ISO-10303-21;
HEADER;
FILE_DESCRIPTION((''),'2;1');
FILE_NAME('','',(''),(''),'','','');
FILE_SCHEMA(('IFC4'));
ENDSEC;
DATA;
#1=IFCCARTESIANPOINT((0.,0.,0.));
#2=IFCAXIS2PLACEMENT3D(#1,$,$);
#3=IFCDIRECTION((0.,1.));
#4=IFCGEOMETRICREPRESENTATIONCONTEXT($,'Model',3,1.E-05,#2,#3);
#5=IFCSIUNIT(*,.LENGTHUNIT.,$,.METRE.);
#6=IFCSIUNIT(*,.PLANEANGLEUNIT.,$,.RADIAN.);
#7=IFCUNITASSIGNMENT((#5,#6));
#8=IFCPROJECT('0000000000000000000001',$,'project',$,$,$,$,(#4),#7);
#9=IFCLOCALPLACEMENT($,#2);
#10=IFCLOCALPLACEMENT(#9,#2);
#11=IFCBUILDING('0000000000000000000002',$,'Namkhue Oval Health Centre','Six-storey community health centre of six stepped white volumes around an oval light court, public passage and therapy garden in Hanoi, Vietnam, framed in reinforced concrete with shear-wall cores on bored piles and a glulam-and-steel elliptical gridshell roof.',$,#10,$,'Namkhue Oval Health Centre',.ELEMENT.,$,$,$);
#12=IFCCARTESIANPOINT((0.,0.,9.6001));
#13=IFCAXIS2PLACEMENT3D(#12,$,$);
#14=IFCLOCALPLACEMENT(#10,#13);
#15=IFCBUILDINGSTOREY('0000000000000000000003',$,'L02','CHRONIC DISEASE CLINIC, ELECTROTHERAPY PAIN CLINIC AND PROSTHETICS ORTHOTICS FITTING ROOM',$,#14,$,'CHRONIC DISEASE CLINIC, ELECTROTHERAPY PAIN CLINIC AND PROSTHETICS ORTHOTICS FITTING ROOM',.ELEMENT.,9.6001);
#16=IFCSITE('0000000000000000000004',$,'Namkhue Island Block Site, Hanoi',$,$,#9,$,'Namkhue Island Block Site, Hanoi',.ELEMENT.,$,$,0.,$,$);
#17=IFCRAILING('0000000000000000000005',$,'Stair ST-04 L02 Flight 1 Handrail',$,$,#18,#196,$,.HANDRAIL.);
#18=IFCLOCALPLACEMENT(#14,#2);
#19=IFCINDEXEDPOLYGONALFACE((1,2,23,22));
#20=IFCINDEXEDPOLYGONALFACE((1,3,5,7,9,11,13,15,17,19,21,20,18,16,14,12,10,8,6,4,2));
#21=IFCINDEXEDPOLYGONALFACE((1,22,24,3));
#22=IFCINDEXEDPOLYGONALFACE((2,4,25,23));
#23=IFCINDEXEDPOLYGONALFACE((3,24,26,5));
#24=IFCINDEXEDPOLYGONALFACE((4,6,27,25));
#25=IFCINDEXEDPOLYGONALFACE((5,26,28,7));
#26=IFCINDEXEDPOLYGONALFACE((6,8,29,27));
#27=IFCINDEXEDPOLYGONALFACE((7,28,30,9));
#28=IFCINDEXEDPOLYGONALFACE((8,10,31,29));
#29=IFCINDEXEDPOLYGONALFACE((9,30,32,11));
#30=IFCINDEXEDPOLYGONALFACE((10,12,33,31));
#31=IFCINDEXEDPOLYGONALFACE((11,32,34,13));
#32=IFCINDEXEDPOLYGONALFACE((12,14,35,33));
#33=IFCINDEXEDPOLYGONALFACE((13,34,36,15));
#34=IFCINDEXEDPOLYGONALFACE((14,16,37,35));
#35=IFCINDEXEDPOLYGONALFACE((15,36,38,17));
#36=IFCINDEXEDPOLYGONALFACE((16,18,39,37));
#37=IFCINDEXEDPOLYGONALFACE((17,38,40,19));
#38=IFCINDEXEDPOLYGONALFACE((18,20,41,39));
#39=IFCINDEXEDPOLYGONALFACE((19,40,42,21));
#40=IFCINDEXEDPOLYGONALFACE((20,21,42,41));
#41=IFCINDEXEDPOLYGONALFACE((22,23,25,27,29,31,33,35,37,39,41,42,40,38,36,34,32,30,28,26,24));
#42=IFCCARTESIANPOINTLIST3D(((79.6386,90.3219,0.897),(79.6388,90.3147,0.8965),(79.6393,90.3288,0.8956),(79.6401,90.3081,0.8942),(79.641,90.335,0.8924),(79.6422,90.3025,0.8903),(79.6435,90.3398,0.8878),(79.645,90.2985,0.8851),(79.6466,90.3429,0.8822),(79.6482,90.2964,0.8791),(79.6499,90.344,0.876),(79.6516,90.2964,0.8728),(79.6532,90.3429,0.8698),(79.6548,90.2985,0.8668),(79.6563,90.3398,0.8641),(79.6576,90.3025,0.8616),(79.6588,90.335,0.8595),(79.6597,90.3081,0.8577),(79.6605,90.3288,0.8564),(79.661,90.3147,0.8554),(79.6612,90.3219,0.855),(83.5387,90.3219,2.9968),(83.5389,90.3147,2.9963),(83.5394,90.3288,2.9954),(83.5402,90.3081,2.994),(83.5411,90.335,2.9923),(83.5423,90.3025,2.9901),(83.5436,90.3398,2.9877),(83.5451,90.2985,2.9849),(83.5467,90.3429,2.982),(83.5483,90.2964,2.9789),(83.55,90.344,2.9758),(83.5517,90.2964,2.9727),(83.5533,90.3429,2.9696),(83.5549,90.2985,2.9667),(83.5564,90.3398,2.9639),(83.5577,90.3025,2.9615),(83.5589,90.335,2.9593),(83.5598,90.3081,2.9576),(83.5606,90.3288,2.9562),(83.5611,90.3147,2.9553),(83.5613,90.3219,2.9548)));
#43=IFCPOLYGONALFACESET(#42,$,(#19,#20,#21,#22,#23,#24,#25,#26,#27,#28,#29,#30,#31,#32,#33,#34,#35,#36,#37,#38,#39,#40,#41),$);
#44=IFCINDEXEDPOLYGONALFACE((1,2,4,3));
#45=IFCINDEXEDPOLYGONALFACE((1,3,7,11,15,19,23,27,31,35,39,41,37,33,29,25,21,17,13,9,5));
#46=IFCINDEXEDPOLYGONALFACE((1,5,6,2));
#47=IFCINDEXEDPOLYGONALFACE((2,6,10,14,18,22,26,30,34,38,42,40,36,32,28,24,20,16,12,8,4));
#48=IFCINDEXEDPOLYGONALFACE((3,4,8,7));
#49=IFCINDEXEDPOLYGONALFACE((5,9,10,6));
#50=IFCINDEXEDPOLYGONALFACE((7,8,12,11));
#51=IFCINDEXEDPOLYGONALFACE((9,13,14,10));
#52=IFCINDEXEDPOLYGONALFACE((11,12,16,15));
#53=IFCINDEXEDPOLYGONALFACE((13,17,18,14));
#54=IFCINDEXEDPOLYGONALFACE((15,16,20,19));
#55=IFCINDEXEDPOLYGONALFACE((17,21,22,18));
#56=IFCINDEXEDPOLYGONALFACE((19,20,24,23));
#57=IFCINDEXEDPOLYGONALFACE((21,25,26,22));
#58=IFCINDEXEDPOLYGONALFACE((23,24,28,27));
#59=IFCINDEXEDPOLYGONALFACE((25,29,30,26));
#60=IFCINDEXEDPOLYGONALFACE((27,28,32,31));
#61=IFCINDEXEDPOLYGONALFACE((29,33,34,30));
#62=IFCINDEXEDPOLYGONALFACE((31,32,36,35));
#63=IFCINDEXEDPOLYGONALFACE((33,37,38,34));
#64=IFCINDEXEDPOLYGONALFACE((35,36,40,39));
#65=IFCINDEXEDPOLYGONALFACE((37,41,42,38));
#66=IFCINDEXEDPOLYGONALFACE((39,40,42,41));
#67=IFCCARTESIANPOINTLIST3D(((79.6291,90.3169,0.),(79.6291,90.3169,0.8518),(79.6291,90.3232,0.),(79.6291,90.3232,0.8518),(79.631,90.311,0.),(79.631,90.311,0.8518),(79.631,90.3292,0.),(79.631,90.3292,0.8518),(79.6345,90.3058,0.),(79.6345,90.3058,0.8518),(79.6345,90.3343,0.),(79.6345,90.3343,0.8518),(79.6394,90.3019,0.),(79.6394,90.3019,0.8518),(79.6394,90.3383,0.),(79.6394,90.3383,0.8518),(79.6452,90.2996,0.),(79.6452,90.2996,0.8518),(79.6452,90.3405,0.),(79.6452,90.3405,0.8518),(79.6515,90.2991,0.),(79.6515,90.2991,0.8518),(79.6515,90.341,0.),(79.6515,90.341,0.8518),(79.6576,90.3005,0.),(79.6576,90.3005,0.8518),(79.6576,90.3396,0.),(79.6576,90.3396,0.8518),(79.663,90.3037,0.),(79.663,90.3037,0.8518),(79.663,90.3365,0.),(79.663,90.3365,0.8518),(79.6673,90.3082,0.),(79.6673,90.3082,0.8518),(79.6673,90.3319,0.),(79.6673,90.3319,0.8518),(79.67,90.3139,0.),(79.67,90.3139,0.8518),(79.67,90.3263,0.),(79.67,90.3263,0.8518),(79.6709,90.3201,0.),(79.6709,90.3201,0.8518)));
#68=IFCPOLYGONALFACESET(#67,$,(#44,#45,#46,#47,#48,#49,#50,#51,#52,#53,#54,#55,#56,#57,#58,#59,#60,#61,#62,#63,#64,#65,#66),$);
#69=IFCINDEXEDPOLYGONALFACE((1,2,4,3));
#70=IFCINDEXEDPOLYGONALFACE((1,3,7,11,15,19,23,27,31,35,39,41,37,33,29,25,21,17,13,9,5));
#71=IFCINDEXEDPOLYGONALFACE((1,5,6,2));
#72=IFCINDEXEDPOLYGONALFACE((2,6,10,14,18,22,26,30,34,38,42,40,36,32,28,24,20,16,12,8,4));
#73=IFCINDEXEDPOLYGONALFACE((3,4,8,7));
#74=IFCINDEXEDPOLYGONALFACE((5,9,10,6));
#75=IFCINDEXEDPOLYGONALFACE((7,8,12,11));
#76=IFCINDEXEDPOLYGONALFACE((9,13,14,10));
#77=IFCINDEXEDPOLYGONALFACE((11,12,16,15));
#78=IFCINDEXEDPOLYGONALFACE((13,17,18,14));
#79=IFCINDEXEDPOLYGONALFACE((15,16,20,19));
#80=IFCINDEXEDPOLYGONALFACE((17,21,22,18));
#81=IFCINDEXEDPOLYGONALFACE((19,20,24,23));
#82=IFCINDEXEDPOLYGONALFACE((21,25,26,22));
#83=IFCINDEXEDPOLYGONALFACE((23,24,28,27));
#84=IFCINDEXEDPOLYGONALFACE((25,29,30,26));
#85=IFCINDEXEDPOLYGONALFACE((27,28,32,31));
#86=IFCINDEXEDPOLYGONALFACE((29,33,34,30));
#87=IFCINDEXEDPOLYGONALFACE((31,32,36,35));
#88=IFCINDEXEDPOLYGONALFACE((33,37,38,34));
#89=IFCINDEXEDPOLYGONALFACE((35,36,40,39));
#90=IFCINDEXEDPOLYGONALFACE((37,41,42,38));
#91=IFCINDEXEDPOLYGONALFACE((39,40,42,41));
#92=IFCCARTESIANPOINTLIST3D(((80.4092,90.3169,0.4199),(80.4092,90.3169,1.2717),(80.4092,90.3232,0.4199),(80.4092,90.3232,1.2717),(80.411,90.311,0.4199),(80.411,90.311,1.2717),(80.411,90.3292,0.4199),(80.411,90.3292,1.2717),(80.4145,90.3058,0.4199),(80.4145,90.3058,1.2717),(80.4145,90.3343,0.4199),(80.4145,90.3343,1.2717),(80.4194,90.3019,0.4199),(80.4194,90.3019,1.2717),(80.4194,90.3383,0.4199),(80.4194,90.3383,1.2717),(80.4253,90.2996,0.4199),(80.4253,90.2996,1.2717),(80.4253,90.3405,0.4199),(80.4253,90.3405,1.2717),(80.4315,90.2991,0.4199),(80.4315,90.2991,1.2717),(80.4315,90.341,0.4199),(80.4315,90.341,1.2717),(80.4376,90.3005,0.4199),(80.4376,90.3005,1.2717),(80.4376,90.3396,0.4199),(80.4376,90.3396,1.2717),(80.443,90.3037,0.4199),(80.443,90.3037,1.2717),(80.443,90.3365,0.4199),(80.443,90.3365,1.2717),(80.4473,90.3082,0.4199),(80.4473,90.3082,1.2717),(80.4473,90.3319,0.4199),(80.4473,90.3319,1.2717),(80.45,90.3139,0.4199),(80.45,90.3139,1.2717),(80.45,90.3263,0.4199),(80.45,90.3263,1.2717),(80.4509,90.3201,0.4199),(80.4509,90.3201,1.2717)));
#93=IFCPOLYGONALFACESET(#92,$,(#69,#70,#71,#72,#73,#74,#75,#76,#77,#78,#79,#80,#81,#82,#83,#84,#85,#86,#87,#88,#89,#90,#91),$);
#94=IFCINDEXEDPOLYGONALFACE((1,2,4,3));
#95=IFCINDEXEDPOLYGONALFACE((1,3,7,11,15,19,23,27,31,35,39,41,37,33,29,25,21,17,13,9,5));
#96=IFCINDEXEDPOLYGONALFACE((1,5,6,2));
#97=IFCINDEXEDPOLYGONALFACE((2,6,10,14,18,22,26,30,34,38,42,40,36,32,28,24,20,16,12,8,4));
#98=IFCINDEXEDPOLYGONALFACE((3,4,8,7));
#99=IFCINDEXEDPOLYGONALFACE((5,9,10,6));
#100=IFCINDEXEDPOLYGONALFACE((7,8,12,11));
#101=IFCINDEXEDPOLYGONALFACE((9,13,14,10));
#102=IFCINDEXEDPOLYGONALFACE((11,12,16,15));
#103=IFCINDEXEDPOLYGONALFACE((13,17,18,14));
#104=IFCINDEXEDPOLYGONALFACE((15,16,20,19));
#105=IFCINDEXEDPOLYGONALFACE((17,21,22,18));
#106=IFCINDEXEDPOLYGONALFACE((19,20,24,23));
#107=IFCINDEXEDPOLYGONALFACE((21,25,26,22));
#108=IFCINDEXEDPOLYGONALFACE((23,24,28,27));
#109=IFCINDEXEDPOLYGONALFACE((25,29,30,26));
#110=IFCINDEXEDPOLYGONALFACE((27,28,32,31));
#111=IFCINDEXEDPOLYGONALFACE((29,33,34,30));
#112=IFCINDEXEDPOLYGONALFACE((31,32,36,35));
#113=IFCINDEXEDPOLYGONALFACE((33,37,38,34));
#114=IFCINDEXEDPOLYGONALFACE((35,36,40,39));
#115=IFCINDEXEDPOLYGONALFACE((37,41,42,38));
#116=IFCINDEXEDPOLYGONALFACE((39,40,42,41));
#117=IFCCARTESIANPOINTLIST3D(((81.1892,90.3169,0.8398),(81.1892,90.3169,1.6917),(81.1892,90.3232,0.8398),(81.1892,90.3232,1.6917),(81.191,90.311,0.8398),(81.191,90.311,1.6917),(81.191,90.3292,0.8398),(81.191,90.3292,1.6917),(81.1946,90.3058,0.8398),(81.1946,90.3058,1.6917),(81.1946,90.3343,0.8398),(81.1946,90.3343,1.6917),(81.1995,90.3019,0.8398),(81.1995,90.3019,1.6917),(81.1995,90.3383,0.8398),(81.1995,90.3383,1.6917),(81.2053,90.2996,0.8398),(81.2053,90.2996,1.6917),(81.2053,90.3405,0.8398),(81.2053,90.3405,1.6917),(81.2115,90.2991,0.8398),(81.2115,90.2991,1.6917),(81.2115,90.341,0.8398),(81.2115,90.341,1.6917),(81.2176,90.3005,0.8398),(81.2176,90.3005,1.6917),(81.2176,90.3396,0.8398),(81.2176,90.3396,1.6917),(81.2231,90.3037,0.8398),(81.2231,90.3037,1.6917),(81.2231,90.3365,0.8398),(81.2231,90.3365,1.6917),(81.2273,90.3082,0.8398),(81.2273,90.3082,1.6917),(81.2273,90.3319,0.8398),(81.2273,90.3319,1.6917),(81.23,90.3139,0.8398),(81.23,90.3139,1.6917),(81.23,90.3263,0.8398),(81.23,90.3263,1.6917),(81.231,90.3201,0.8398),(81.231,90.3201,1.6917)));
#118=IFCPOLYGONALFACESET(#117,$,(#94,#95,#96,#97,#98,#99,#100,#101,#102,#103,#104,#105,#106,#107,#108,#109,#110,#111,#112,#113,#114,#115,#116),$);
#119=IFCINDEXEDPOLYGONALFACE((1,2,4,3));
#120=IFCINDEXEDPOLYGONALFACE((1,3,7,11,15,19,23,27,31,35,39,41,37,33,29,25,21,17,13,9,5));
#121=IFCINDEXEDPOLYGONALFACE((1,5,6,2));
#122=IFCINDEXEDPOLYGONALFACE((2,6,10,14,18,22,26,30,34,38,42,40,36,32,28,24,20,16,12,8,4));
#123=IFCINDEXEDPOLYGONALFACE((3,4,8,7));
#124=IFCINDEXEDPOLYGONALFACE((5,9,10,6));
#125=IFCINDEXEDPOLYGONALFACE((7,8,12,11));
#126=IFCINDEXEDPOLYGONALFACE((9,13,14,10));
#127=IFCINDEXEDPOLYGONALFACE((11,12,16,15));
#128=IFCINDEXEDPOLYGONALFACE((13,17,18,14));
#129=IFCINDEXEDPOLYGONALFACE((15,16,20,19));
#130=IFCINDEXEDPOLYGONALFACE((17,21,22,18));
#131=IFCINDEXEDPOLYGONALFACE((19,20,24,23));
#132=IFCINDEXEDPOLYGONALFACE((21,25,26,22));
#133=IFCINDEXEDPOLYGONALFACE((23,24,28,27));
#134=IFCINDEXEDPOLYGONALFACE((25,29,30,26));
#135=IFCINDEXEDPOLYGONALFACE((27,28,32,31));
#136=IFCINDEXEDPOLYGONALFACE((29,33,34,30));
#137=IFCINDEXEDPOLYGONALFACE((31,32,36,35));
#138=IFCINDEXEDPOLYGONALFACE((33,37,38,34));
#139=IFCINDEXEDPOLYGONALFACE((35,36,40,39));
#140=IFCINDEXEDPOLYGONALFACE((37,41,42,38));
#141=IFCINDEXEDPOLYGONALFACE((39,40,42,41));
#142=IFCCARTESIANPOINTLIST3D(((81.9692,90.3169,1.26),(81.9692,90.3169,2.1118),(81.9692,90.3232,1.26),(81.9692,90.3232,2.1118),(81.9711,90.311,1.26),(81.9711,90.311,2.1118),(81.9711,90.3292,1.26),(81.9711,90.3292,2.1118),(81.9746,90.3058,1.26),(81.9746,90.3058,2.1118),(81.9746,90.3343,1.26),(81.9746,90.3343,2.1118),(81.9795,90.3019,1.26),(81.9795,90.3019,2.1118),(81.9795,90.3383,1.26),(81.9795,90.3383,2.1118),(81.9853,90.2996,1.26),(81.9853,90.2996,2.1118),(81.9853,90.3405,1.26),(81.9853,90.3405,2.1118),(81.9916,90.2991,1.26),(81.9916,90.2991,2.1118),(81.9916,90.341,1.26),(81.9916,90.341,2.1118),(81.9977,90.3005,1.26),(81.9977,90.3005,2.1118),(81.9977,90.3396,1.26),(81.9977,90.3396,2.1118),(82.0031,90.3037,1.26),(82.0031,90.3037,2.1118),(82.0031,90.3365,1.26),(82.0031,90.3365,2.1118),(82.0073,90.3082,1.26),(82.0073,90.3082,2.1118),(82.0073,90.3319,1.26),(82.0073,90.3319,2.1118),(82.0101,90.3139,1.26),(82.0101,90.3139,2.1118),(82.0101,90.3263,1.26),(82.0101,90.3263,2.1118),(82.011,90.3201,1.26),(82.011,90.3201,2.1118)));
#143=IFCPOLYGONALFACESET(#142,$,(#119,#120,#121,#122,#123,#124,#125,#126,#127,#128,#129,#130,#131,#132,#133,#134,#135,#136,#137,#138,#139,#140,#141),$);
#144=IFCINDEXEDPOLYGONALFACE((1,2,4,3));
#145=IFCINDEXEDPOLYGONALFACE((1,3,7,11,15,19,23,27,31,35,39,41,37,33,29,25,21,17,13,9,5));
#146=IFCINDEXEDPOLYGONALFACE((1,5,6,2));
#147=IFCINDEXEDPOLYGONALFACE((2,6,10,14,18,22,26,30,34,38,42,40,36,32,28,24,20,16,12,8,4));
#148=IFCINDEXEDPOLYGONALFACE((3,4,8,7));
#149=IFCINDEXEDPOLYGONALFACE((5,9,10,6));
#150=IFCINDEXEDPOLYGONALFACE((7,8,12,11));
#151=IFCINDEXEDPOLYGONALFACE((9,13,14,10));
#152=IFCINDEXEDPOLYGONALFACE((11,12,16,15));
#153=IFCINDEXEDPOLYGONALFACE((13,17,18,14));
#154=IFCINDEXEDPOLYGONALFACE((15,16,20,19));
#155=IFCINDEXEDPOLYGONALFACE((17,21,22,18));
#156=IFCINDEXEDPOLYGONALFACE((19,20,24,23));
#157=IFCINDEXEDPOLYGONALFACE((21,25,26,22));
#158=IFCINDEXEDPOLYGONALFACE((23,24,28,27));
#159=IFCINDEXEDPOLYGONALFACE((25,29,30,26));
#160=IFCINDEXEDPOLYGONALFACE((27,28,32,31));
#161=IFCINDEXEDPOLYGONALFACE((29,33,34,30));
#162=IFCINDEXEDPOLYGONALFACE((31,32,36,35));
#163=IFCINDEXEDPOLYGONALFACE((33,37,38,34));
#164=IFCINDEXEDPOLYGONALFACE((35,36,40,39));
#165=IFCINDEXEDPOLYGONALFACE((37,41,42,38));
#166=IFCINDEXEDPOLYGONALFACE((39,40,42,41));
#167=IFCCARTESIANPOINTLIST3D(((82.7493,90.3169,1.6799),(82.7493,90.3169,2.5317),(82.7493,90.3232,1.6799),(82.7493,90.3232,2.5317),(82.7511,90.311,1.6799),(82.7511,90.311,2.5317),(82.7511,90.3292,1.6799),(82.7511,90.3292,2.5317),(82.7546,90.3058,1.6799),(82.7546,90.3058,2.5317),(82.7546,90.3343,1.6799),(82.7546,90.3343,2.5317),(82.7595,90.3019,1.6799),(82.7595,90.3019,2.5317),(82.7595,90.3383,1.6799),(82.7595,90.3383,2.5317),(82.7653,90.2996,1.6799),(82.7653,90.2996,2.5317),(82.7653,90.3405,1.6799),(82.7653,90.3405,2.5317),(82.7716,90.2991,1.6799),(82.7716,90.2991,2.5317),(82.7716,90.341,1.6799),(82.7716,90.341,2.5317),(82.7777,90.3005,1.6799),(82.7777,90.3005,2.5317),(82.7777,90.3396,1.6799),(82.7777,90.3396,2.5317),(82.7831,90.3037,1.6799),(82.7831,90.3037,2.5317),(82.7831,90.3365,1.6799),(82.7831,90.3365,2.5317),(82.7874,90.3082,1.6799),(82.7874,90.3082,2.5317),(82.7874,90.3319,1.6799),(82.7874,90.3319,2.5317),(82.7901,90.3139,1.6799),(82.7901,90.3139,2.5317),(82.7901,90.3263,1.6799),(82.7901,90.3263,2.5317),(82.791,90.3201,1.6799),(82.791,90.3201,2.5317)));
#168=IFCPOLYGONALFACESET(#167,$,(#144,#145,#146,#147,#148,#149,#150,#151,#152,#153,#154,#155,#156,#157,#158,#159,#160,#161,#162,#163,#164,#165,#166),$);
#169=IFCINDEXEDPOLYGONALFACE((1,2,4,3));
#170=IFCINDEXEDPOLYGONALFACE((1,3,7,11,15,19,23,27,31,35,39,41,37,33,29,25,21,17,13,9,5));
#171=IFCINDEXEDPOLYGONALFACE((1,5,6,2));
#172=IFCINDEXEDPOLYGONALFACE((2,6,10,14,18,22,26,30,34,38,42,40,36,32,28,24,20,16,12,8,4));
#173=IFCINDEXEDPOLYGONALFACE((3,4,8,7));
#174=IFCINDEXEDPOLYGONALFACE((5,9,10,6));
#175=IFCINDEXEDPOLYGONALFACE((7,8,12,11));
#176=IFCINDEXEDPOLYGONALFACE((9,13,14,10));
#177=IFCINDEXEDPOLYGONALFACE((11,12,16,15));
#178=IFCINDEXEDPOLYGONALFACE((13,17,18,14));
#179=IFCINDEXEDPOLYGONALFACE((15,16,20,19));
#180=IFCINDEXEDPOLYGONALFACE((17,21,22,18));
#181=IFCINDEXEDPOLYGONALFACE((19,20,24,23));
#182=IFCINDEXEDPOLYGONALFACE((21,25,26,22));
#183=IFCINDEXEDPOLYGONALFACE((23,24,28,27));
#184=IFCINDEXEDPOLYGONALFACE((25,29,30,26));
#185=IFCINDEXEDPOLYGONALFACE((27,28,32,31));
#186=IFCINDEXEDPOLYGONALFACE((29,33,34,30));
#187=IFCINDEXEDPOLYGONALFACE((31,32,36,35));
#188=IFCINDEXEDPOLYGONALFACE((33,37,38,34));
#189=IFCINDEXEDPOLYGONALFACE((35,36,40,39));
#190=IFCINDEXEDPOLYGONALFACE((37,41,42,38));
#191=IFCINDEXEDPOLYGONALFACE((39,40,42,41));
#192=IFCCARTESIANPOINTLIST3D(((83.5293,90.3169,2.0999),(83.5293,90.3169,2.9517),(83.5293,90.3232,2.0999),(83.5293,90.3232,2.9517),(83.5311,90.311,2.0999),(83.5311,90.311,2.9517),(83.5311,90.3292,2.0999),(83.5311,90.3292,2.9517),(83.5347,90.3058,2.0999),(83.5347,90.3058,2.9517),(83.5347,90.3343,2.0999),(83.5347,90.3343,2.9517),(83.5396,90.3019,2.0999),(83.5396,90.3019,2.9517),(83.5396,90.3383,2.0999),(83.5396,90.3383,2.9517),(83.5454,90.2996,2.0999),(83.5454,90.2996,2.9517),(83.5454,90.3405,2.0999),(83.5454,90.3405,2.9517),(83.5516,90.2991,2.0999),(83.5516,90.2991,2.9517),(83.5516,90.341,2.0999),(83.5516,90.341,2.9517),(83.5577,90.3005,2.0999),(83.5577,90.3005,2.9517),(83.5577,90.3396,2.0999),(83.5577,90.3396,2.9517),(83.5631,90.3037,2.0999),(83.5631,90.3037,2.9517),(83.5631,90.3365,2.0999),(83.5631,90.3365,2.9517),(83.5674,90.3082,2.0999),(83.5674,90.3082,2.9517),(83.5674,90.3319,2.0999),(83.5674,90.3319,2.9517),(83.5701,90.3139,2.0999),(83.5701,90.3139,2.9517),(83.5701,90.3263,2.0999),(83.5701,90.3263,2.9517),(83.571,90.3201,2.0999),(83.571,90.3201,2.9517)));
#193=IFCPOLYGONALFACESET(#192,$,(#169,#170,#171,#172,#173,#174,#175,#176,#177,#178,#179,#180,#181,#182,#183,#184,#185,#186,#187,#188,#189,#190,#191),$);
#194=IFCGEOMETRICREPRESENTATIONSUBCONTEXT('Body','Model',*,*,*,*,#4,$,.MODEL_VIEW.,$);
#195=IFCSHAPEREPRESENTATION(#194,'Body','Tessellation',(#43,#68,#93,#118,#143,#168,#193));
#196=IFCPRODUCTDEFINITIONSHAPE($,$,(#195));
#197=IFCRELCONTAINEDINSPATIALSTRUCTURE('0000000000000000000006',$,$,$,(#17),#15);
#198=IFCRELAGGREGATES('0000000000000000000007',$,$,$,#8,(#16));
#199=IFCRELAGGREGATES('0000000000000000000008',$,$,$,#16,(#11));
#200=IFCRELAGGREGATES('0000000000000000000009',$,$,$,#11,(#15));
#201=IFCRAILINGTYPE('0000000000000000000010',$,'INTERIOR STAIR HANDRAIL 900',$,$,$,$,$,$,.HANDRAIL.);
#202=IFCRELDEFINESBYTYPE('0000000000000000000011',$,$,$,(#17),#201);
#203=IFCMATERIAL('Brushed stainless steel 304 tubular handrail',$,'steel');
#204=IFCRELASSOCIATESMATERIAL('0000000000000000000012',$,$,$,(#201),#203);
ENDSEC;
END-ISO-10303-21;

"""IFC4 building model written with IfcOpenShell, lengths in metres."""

from ifc_helpers import new_model, si_unit, direction, frame, origin, origin_2d, place, context, subcontext, project, spatial, circle, extrude, material, type_object, element, save


model = new_model("IFC4")

# Units and contexts
model_context = context("Model", 3, precision=1e-05, world=origin(), true_north=direction((0.0, 1.0)))
body_context = subcontext(model_context, "Body", "Model", "MODEL_VIEW")
ifc_project = project(units=[si_unit("LENGTHUNIT", "METRE"), si_unit("PLANEANGLEUNIT", "RADIAN")], contexts=[model_context])

# Site, building, storey
site_placement = place(None, origin())
site = spatial("IfcSite", under=ifc_project, at=site_placement, Name="Namkhue Island Block Site, Hanoi", LongName="Namkhue Island Block Site, Hanoi", CompositionType="ELEMENT", RefElevation=0.0)
building_placement = place(site_placement, origin())
building = spatial("IfcBuilding", under=site, at=building_placement, Name="Namkhue Oval Health Centre", Description="Six-storey community health centre of six stepped white volumes around an oval light court, public passage and therapy garden in Hanoi, Vietnam, framed in reinforced concrete with shear-wall cores on bored piles and a glulam-and-steel elliptical gridshell roof.", LongName="Namkhue Oval Health Centre", CompositionType="ELEMENT")
storey_placement = place(building_placement, frame((0.0, 0.0, 9.6001)))
storey = spatial("IfcBuildingStorey", under=building, at=storey_placement, Name="L02", Description="CHRONIC DISEASE CLINIC, ELECTROTHERAPY PAIN CLINIC AND PROSTHETICS ORTHOTICS FITTING ROOM", LongName="CHRONIC DISEASE CLINIC, ELECTROTHERAPY PAIN CLINIC AND PROSTHETICS ORTHOTICS FITTING ROOM", CompositionType="ELEMENT", Elevation=9.6001)

# Railing
ifc_material_1 = material(Name="Brushed stainless steel 304 tubular handrail", Category="steel")
railing_type_1 = type_object("IfcRailingType", Name="INTERIOR STAIR HANDRAIL 900", PredefinedType="HANDRAIL", material=ifc_material_1)
railing_1_placement = place(storey_placement, frame((79.6499, 90.3201, 0.0)))
element("IfcRailing", 1, at=railing_1_placement, inside=storey, type_object=railing_type_1, Name="Stair ST-04 L02 Flight 1 Handrail", PredefinedType="HANDRAIL", context=body_context, shape_type="SweptSolid", body=[
    extrude(circle(Radius=0.0239, at=origin_2d()), frame((0.0, 0.0, 0.876), z_axis=(0.880492, 0.0, 0.47406), x_axis=(0.0, 1.0, 0.0)), (0.0, 0.0, 1.0), 4.4294),
    extrude(circle(Radius=0.021, at=origin_2d()), origin(), (0.0, 0.0, 1.0), 0.8518),
    extrude(circle(Radius=0.021, at=origin_2d()), frame((0.78, 0.0, 0.4199)), (0.0, 0.0, 1.0), 0.8518),
    extrude(circle(Radius=0.021, at=origin_2d()), frame((1.5601, 0.0, 0.8398)), (0.0, 0.0, 1.0), 0.8518),
    extrude(circle(Radius=0.021, at=origin_2d()), frame((2.3401, 0.0, 1.26)), (0.0, 0.0, 1.0), 0.8518),
    extrude(circle(Radius=0.021, at=origin_2d()), frame((3.1201, 0.0, 1.6799)), (0.0, 0.0, 1.0), 0.8518),
    extrude(circle(Radius=0.021, at=origin_2d()), frame((3.9001, 0.0, 2.0999)), (0.0, 0.0, 1.0), 0.8518),
])

save(model, "model.ifc")
